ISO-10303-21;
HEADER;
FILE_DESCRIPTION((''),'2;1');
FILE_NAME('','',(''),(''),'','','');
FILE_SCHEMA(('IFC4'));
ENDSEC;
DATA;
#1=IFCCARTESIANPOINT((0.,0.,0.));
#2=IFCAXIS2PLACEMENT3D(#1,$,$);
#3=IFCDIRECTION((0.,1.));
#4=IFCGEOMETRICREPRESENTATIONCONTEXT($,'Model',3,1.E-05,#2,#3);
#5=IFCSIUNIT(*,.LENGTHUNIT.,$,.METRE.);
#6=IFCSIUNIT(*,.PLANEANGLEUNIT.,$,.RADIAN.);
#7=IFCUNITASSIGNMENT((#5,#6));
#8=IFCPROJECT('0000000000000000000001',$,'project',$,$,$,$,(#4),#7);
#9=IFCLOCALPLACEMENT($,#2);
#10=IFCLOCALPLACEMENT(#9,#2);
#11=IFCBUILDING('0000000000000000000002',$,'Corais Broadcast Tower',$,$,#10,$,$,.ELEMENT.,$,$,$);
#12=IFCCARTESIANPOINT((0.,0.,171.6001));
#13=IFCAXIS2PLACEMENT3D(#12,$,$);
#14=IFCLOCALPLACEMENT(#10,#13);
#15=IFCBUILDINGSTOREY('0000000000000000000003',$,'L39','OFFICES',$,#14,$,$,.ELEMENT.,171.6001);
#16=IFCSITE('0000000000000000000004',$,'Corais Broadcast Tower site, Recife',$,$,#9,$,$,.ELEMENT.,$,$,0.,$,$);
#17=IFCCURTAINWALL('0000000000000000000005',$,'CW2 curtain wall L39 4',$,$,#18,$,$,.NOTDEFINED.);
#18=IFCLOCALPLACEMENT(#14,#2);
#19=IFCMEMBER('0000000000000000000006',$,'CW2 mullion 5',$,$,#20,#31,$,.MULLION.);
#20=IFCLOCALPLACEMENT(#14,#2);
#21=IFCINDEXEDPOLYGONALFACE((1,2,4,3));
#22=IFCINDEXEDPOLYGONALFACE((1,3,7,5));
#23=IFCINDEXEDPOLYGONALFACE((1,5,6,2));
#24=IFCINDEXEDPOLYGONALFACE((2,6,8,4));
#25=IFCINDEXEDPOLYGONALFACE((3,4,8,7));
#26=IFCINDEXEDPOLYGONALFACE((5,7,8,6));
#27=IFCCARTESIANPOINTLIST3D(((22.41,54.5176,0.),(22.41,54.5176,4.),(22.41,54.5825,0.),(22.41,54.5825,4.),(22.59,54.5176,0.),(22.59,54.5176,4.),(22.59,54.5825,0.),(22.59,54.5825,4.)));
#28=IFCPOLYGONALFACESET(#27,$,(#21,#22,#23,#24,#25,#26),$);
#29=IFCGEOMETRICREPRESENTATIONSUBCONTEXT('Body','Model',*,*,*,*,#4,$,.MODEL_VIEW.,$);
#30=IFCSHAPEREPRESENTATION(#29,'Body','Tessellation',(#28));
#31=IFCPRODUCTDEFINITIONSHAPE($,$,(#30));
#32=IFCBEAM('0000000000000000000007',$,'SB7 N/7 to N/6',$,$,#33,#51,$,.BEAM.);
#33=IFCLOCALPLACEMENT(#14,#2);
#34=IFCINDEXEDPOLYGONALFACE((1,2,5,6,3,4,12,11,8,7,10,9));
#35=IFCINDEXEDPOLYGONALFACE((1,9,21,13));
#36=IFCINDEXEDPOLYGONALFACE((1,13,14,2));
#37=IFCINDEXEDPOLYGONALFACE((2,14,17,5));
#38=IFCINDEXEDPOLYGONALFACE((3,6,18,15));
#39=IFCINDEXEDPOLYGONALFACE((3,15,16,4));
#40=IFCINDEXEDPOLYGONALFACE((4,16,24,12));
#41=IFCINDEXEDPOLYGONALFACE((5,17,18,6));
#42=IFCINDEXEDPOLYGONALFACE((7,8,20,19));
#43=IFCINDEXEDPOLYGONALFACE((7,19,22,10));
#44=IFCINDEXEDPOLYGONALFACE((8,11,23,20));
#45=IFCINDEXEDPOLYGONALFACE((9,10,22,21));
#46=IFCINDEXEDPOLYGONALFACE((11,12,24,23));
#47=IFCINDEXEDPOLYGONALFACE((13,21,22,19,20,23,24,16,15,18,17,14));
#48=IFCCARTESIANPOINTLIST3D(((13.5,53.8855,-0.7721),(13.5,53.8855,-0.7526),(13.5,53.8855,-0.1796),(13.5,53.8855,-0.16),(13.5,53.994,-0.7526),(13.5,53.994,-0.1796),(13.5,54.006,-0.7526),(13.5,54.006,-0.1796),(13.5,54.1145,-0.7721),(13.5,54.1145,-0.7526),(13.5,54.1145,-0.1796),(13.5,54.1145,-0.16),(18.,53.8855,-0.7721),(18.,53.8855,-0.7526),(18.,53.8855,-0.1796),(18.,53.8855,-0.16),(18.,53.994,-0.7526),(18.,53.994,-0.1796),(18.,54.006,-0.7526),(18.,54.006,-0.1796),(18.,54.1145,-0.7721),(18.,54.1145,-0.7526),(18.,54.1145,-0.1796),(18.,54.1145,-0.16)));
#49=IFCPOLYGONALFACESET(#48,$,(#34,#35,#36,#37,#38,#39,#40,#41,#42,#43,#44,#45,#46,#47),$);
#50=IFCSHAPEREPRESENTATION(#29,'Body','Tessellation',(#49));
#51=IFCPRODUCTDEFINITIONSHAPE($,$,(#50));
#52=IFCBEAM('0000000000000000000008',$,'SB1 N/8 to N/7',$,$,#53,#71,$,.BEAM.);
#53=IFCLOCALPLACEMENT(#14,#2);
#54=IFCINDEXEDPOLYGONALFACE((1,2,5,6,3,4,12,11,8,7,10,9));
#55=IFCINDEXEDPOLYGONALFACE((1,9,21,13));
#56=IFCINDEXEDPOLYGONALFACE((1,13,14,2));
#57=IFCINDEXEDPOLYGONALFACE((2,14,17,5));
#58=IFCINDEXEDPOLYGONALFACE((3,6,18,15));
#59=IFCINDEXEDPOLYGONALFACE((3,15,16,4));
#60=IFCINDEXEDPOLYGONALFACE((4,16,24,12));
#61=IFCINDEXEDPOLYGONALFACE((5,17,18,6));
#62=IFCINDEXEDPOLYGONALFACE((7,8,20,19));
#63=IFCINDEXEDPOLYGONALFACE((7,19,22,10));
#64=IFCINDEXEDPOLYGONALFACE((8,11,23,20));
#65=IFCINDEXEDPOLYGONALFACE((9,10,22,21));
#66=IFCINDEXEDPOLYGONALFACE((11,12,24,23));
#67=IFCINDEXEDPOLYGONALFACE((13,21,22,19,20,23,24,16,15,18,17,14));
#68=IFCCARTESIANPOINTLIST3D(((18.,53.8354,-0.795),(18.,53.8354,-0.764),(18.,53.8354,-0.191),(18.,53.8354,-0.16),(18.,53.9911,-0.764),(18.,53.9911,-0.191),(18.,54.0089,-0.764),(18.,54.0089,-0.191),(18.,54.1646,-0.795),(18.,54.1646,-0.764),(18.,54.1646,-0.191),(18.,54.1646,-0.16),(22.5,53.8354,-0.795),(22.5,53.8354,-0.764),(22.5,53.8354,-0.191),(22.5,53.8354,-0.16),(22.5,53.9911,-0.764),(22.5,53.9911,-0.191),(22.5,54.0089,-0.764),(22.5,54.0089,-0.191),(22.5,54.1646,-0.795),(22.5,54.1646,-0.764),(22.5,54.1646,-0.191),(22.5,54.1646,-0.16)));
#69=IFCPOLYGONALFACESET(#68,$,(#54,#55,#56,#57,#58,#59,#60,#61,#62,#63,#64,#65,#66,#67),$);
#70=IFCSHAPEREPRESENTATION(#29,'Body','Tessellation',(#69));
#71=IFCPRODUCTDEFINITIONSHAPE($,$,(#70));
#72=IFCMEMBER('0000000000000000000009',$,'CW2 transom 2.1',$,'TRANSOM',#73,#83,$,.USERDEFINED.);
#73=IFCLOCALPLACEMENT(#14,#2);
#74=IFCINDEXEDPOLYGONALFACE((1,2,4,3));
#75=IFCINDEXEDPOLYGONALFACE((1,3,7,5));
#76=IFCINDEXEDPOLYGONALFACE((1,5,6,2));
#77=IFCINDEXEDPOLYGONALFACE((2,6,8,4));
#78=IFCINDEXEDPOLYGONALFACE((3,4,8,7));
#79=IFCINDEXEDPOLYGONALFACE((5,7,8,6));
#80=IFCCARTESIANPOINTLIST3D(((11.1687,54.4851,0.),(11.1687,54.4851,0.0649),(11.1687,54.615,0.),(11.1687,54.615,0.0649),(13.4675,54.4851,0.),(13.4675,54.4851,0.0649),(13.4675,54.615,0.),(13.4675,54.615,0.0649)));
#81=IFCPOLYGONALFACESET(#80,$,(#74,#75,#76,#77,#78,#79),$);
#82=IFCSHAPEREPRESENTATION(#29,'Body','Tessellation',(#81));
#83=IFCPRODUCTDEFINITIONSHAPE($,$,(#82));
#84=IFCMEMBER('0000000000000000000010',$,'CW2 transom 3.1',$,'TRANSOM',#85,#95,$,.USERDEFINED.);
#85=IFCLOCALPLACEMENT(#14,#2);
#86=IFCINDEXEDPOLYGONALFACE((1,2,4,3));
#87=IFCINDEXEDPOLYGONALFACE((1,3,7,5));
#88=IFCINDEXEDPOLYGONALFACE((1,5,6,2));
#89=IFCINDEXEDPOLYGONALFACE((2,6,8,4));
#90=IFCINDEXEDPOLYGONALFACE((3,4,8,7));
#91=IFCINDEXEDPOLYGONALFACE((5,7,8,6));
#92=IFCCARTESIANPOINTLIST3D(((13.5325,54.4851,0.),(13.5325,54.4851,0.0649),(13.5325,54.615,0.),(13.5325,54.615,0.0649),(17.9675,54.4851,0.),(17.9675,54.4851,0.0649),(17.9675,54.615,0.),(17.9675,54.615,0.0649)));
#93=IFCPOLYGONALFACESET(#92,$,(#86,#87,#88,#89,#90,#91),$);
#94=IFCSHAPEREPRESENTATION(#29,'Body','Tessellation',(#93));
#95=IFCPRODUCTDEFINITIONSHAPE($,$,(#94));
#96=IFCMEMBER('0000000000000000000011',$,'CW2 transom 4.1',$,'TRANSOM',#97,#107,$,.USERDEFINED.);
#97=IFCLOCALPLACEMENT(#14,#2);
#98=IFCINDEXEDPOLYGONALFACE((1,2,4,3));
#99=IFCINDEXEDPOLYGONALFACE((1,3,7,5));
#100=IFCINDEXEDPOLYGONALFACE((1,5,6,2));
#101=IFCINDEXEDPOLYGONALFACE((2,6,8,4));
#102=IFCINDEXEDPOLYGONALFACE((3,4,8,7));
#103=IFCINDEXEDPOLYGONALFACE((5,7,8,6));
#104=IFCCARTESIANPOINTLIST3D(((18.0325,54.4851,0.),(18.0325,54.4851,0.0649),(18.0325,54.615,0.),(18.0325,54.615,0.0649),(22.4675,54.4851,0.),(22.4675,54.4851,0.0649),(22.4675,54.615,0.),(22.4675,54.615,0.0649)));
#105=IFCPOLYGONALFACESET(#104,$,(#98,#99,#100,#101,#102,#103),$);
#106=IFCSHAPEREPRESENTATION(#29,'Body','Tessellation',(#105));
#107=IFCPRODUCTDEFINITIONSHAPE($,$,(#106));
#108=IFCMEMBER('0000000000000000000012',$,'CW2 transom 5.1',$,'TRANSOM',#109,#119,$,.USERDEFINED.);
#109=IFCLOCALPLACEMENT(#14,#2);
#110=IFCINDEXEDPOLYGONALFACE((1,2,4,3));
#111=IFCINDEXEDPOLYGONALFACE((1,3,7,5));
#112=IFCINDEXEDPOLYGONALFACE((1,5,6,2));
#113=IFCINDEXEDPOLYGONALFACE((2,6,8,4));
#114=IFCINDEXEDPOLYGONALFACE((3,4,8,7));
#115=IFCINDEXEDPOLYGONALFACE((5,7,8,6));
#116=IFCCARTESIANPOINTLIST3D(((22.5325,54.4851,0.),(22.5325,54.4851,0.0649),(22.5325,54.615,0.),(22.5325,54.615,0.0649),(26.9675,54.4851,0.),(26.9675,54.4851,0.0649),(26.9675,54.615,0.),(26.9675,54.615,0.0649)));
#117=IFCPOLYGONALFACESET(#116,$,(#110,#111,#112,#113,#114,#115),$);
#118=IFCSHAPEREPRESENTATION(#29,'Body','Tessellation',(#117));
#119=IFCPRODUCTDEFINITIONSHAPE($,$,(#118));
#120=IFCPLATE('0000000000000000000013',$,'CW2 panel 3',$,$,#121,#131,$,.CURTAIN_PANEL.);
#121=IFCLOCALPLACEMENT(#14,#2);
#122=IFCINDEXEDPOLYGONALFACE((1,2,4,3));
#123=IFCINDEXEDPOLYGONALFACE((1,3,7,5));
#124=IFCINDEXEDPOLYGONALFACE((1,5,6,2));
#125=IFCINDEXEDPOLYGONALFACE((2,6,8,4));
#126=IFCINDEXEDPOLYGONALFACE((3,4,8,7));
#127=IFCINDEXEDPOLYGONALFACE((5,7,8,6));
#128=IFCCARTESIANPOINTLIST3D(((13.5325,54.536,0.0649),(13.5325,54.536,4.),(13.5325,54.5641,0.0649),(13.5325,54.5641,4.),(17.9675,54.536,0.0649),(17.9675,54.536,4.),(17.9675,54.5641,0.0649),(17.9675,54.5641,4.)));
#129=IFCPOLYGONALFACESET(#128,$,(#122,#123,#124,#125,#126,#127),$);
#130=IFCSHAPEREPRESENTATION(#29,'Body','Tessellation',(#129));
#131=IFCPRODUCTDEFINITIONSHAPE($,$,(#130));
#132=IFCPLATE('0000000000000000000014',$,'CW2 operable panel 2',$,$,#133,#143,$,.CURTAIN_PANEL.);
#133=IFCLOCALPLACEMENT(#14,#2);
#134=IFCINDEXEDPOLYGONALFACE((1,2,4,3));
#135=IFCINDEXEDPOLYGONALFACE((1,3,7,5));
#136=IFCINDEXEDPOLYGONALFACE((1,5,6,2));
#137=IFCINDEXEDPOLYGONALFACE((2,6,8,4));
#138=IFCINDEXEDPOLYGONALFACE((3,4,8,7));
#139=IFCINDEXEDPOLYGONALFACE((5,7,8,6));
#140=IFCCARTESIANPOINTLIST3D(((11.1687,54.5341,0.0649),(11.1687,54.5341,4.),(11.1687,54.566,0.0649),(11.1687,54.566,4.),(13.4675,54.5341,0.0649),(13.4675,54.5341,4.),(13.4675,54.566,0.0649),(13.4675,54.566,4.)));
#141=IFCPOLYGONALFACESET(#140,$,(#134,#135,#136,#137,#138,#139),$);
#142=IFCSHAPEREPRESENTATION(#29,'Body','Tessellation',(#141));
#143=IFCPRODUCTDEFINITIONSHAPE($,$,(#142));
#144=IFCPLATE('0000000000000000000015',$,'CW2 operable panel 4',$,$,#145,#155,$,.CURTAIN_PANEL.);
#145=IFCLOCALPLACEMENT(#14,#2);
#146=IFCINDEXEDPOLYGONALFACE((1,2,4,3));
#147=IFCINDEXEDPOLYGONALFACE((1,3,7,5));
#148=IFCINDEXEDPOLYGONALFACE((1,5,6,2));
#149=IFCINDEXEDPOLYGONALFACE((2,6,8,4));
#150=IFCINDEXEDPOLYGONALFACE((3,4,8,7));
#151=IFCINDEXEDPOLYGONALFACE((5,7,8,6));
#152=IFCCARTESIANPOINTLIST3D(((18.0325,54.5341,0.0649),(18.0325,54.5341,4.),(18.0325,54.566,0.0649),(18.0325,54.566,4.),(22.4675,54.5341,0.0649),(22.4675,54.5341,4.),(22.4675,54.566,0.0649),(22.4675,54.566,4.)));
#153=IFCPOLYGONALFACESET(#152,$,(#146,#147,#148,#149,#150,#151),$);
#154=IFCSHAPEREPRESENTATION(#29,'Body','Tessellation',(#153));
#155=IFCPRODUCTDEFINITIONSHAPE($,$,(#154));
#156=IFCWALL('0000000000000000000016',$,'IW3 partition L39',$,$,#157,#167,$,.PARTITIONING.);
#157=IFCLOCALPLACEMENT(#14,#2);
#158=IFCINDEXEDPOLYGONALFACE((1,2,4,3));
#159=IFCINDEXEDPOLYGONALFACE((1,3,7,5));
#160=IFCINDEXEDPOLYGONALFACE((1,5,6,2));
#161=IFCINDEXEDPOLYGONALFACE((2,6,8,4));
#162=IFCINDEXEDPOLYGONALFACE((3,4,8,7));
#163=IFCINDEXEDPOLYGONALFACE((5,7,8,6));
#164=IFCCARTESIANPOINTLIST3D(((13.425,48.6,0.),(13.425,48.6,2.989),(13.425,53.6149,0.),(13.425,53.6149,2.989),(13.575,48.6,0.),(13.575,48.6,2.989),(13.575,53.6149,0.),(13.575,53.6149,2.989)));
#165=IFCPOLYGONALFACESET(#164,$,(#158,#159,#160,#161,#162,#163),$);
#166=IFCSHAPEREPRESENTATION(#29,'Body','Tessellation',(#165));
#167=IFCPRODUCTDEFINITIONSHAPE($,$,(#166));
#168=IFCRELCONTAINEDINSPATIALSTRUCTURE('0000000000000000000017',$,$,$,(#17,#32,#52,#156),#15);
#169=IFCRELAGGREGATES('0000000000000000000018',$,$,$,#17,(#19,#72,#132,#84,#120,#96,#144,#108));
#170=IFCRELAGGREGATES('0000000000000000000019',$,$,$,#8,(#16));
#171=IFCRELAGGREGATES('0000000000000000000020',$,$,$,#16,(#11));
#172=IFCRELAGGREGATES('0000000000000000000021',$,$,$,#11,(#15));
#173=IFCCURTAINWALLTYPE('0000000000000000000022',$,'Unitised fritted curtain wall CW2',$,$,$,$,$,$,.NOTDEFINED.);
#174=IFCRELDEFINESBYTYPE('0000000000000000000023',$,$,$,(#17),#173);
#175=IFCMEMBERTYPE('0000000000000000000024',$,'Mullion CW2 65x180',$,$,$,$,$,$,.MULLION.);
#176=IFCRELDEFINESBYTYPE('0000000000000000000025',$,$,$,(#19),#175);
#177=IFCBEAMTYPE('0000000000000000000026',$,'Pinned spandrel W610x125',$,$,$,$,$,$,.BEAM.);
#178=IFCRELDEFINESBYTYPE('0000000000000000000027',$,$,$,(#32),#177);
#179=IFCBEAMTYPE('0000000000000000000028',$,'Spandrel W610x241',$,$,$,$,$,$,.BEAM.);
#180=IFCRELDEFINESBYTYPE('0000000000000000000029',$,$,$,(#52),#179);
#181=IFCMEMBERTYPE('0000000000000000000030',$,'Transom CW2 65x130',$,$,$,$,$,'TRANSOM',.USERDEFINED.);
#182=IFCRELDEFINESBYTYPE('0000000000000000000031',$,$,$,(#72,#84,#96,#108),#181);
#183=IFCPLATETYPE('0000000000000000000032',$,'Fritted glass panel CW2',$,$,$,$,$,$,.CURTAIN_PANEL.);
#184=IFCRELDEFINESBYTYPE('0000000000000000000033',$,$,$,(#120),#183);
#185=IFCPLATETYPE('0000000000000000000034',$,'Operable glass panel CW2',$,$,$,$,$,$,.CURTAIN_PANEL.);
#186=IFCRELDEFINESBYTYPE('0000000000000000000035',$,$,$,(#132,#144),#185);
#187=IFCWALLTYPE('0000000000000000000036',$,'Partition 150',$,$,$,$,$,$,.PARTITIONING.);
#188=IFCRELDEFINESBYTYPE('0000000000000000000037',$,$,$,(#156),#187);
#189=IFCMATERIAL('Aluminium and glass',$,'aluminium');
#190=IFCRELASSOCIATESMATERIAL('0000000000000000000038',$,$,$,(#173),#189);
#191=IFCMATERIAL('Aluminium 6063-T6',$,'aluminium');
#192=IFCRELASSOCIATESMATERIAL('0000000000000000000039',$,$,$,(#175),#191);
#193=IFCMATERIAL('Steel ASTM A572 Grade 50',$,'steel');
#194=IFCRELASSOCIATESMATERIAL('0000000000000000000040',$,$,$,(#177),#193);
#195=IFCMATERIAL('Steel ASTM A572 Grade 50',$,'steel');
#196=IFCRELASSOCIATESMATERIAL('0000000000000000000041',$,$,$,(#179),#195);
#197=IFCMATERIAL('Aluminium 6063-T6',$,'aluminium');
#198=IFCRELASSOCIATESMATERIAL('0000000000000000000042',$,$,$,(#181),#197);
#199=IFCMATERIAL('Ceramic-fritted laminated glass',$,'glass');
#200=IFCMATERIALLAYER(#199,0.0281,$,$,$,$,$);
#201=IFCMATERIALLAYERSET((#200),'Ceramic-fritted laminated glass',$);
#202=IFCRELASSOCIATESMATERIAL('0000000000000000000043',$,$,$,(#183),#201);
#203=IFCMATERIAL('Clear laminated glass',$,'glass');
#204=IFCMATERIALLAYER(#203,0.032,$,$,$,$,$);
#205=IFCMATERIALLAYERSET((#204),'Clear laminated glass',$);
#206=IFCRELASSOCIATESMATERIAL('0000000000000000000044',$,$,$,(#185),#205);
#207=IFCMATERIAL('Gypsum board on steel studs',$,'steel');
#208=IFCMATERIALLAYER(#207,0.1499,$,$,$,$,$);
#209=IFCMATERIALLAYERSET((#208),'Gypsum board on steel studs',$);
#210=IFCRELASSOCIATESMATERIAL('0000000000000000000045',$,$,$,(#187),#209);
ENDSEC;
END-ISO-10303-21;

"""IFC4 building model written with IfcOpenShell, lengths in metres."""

from ifc_helpers import new_model, si_unit, direction, frame, frame_2d, origin, origin_2d, place, context, subcontext, project, spatial, rectangle, i_section, extrude, material, layer, layer_set, material_profile, profile_set, type_object, element, aggregate, save


model = new_model("IFC4")

# Units and contexts
model_context = context("Model", 3, precision=1e-05, world=origin(), true_north=direction((0.0, 1.0)))
body_context = subcontext(model_context, "Body", "Model", "MODEL_VIEW")
ifc_project = project(units=[si_unit("LENGTHUNIT", "METRE"), si_unit("PLANEANGLEUNIT", "RADIAN")], contexts=[model_context])

# Site, building, storey
site_placement = place(None, origin())
site = spatial("IfcSite", under=ifc_project, at=site_placement, Name="Corais Broadcast Tower site, Recife", CompositionType="ELEMENT", RefElevation=0.0)
building_placement = place(site_placement, origin())
building = spatial("IfcBuilding", under=site, at=building_placement, Name="Corais Broadcast Tower", CompositionType="ELEMENT")
storey_placement = place(building_placement, frame((0.0, 0.0, 171.6001)))
storey = spatial("IfcBuildingStorey", under=building, at=storey_placement, Name="L39", Description="OFFICES", CompositionType="ELEMENT", Elevation=171.6001)

# Curtain wall, member
ifc_material_1 = material(Name="Aluminium and glass", Category="aluminium")
curtain_wall_type = type_object("IfcCurtainWallType", Name="Unitised fritted curtain wall CW2", PredefinedType="NOTDEFINED", material=ifc_material_1)
curtain_wall_placement = place(storey_placement, origin())
curtain_wall = element("IfcCurtainWall", 1, at=curtain_wall_placement, inside=storey, type_object=curtain_wall_type, Name="CW2 curtain wall L39 4", PredefinedType="NOTDEFINED")
ifc_material_2 = material(Name="Aluminium 6063-T6", Category="aluminium")
ifc_material_profile_1 = material_profile(ifc_material_2, rectangle(XDim=0.0649, YDim=0.1799, at=origin_2d()), Name="Mullion CW2 65x180")
ifc_profile_set_1 = profile_set([ifc_material_profile_1], Name="Aluminium 6063-T6")
member_type_1 = type_object("IfcMemberType", Name="Mullion CW2 65x180", PredefinedType="MULLION", material=ifc_profile_set_1)
member_1_placement = place(storey_placement, frame((22.5, 54.55, 0.0), z_axis=(0.0, 0.0, 1.0), x_axis=(0.0, 1.0, 0.0)))
member_1 = element("IfcMember", 2, at=member_1_placement, type_object=member_type_1, Name="CW2 mullion 5", PredefinedType="MULLION", context=body_context, shape_type="SweptSolid", body=[
    extrude(rectangle(XDim=0.0649, YDim=0.1799, at=origin_2d()), origin(), (0.0, 0.0, 1.0), 4.0),
])

# Beams
ifc_material_3 = material(Name="Steel ASTM A572 Grade 50", Category="steel")
ifc_material_profile_2 = material_profile(ifc_material_3, i_section(OverallWidth=0.229, OverallDepth=0.6121, WebThickness=0.012, FlangeThickness=0.0195, at=origin_2d()), Name="W610x125")
ifc_profile_set_2 = profile_set([ifc_material_profile_2], Name="Steel ASTM A572 Grade 50")
beam_type_1 = type_object("IfcBeamType", Name="Pinned spandrel W610x125", PredefinedType="BEAM", material=ifc_profile_set_2)
beam_1_placement = place(storey_placement, frame((18.0, 54.0, -0.4661), z_axis=(-1.0, 0.0, 0.0), x_axis=(0.0, -1.0, 0.0)))
element("IfcBeam", 3, at=beam_1_placement, inside=storey, type_object=beam_type_1, Name="SB7 N/7 to N/6", PredefinedType="BEAM", context=body_context, shape_type="SweptSolid", body=[
    extrude(i_section(OverallWidth=0.229, OverallDepth=0.6121, WebThickness=0.012, FlangeThickness=0.0195, at=origin_2d()), origin(), (0.0, 0.0, 1.0), 4.5),
])
ifc_material_4 = material(Name="Steel ASTM A572 Grade 50", Category="steel")
ifc_material_profile_3 = material_profile(ifc_material_4, i_section(OverallWidth=0.3291, OverallDepth=0.635, WebThickness=0.0178, FlangeThickness=0.031, at=origin_2d()), Name="W610x241")
ifc_profile_set_3 = profile_set([ifc_material_profile_3], Name="Steel ASTM A572 Grade 50")
beam_type_2 = type_object("IfcBeamType", Name="Spandrel W610x241", PredefinedType="BEAM", material=ifc_profile_set_3)
beam_2_placement = place(storey_placement, frame((22.5, 54.0, -0.4775), z_axis=(-1.0, 0.0, 0.0), x_axis=(0.0, -1.0, 0.0)))
element("IfcBeam", 4, at=beam_2_placement, inside=storey, type_object=beam_type_2, Name="SB1 N/8 to N/7", PredefinedType="BEAM", context=body_context, shape_type="SweptSolid", body=[
    extrude(i_section(OverallWidth=0.3291, OverallDepth=0.635, WebThickness=0.0178, FlangeThickness=0.031, at=origin_2d()), origin(), (0.0, 0.0, 1.0), 4.5),
])

# Members
ifc_material_5 = material(Name="Aluminium 6063-T6", Category="aluminium")
ifc_material_profile_4 = material_profile(ifc_material_5, rectangle(XDim=0.1299, YDim=0.0649, at=origin_2d()), Name="Transom CW2 65x130")
ifc_profile_set_4 = profile_set([ifc_material_profile_4], Name="Aluminium 6063-T6")
member_type_2 = type_object("IfcMemberType", Name="Transom CW2 65x130", ElementType="TRANSOM", PredefinedType="USERDEFINED", material=ifc_profile_set_4)
member_2_placement = place(storey_placement, frame((11.1687, 54.55, 0.0325), z_axis=(1.0, 0.0, 0.0), x_axis=(0.0, 1.0, 0.0)))
member_2 = element("IfcMember", 5, at=member_2_placement, type_object=member_type_2, Name="CW2 transom 2.1", ObjectType="TRANSOM", PredefinedType="USERDEFINED", context=body_context, shape_type="SweptSolid", body=[
    extrude(rectangle(XDim=0.1299, YDim=0.0649, at=origin_2d()), origin(), (0.0, 0.0, 1.0), 2.2988),
])
member_3_placement = place(storey_placement, frame((13.5325, 54.55, 0.0325), z_axis=(1.0, 0.0, 0.0), x_axis=(0.0, 1.0, 0.0)))
member_3 = element("IfcMember", 6, at=member_3_placement, type_object=member_type_2, Name="CW2 transom 3.1", ObjectType="TRANSOM", PredefinedType="USERDEFINED", context=body_context, shape_type="SweptSolid", body=[
    extrude(rectangle(XDim=0.1299, YDim=0.0649, at=origin_2d()), origin(), (0.0, 0.0, 1.0), 4.4351),
])
member_4_placement = place(storey_placement, frame((18.0325, 54.55, 0.0325), z_axis=(1.0, 0.0, 0.0), x_axis=(0.0, 1.0, 0.0)))
member_4 = element("IfcMember", 7, at=member_4_placement, type_object=member_type_2, Name="CW2 transom 4.1", ObjectType="TRANSOM", PredefinedType="USERDEFINED", context=body_context, shape_type="SweptSolid", body=[
    extrude(rectangle(XDim=0.1299, YDim=0.0649, at=origin_2d()), origin(), (0.0, 0.0, 1.0), 4.4351),
])
member_5_placement = place(storey_placement, frame((22.5325, 54.55, 0.0325), z_axis=(1.0, 0.0, 0.0), x_axis=(0.0, 1.0, 0.0)))
member_5 = element("IfcMember", 8, at=member_5_placement, type_object=member_type_2, Name="CW2 transom 5.1", ObjectType="TRANSOM", PredefinedType="USERDEFINED", context=body_context, shape_type="SweptSolid", body=[
    extrude(rectangle(XDim=0.1299, YDim=0.0649, at=origin_2d()), origin(), (0.0, 0.0, 1.0), 4.4351),
])

# Plates
ifc_material_6 = material(Name="Ceramic-fritted laminated glass", Category="glass")
ifc_layer_1 = layer(ifc_material_6, 0.0281)
ifc_layer_set_1 = layer_set([ifc_layer_1], Name="Ceramic-fritted laminated glass")
plate_type_1 = type_object("IfcPlateType", Name="Fritted glass panel CW2", PredefinedType="CURTAIN_PANEL", material=ifc_layer_set_1)
plate_1_placement = place(storey_placement, frame((15.75, 54.55, 0.0649), z_axis=(0.0, 0.0, 1.0), x_axis=(1.0, 0.0, 0.0)))
plate_1 = element("IfcPlate", 9, at=plate_1_placement, type_object=plate_type_1, Name="CW2 panel 3", PredefinedType="CURTAIN_PANEL", context=body_context, shape_type="SweptSolid", body=[
    extrude(rectangle(XDim=4.4351, YDim=0.0281, at=origin_2d()), origin(), (0.0, 0.0, 1.0), 3.9351),
])
ifc_material_7 = material(Name="Clear laminated glass", Category="glass")
ifc_layer_2 = layer(ifc_material_7, 0.032)
ifc_layer_set_2 = layer_set([ifc_layer_2], Name="Clear laminated glass")
plate_type_2 = type_object("IfcPlateType", Name="Operable glass panel CW2", PredefinedType="CURTAIN_PANEL", material=ifc_layer_set_2)
plate_2_placement = place(storey_placement, frame((12.3181, 54.55, 0.0649), z_axis=(0.0, 0.0, 1.0), x_axis=(1.0, 0.0, 0.0)))
plate_2 = element("IfcPlate", 10, at=plate_2_placement, type_object=plate_type_2, Name="CW2 operable panel 2", PredefinedType="CURTAIN_PANEL", context=body_context, shape_type="SweptSolid", body=[
    extrude(rectangle(XDim=2.2988, YDim=0.032, at=origin_2d()), origin(), (0.0, 0.0, 1.0), 3.9351),
])
plate_3_placement = place(storey_placement, frame((20.25, 54.55, 0.0649), z_axis=(0.0, 0.0, 1.0), x_axis=(1.0, 0.0, 0.0)))
plate_3 = element("IfcPlate", 11, at=plate_3_placement, type_object=plate_type_2, Name="CW2 operable panel 4", PredefinedType="CURTAIN_PANEL", context=body_context, shape_type="SweptSolid", body=[
    extrude(rectangle(XDim=4.4351, YDim=0.032, at=origin_2d()), origin(), (0.0, 0.0, 1.0), 3.9351),
])
aggregate(curtain_wall, [member_1, member_2, plate_2, member_3, plate_1, member_4, plate_3, member_5])

# Wall
ifc_material_8 = material(Name="Gypsum board on steel studs", Category="steel")
ifc_layer_3 = layer(ifc_material_8, 0.1499)
ifc_layer_set_3 = layer_set([ifc_layer_3], Name="Gypsum board on steel studs")
wall_type = type_object("IfcWallType", Name="Partition 150", PredefinedType="PARTITIONING", material=ifc_layer_set_3)
wall_1_placement = place(storey_placement, frame((13.5, 48.6001, 0.0), z_axis=(0.0, 0.0, 1.0), x_axis=(0.0, 1.0, 0.0)))
element("IfcWall", 12, at=wall_1_placement, inside=storey, type_object=wall_type, Name="IW3 partition L39", PredefinedType="PARTITIONING", context=body_context, shape_type="SweptSolid", body=[
    extrude(rectangle(XDim=5.0149, YDim=0.1499, at=frame_2d((2.5073, 0.0))), origin(), (0.0, 0.0, 1.0), 2.989),
])

save(model, "model.ifc")
